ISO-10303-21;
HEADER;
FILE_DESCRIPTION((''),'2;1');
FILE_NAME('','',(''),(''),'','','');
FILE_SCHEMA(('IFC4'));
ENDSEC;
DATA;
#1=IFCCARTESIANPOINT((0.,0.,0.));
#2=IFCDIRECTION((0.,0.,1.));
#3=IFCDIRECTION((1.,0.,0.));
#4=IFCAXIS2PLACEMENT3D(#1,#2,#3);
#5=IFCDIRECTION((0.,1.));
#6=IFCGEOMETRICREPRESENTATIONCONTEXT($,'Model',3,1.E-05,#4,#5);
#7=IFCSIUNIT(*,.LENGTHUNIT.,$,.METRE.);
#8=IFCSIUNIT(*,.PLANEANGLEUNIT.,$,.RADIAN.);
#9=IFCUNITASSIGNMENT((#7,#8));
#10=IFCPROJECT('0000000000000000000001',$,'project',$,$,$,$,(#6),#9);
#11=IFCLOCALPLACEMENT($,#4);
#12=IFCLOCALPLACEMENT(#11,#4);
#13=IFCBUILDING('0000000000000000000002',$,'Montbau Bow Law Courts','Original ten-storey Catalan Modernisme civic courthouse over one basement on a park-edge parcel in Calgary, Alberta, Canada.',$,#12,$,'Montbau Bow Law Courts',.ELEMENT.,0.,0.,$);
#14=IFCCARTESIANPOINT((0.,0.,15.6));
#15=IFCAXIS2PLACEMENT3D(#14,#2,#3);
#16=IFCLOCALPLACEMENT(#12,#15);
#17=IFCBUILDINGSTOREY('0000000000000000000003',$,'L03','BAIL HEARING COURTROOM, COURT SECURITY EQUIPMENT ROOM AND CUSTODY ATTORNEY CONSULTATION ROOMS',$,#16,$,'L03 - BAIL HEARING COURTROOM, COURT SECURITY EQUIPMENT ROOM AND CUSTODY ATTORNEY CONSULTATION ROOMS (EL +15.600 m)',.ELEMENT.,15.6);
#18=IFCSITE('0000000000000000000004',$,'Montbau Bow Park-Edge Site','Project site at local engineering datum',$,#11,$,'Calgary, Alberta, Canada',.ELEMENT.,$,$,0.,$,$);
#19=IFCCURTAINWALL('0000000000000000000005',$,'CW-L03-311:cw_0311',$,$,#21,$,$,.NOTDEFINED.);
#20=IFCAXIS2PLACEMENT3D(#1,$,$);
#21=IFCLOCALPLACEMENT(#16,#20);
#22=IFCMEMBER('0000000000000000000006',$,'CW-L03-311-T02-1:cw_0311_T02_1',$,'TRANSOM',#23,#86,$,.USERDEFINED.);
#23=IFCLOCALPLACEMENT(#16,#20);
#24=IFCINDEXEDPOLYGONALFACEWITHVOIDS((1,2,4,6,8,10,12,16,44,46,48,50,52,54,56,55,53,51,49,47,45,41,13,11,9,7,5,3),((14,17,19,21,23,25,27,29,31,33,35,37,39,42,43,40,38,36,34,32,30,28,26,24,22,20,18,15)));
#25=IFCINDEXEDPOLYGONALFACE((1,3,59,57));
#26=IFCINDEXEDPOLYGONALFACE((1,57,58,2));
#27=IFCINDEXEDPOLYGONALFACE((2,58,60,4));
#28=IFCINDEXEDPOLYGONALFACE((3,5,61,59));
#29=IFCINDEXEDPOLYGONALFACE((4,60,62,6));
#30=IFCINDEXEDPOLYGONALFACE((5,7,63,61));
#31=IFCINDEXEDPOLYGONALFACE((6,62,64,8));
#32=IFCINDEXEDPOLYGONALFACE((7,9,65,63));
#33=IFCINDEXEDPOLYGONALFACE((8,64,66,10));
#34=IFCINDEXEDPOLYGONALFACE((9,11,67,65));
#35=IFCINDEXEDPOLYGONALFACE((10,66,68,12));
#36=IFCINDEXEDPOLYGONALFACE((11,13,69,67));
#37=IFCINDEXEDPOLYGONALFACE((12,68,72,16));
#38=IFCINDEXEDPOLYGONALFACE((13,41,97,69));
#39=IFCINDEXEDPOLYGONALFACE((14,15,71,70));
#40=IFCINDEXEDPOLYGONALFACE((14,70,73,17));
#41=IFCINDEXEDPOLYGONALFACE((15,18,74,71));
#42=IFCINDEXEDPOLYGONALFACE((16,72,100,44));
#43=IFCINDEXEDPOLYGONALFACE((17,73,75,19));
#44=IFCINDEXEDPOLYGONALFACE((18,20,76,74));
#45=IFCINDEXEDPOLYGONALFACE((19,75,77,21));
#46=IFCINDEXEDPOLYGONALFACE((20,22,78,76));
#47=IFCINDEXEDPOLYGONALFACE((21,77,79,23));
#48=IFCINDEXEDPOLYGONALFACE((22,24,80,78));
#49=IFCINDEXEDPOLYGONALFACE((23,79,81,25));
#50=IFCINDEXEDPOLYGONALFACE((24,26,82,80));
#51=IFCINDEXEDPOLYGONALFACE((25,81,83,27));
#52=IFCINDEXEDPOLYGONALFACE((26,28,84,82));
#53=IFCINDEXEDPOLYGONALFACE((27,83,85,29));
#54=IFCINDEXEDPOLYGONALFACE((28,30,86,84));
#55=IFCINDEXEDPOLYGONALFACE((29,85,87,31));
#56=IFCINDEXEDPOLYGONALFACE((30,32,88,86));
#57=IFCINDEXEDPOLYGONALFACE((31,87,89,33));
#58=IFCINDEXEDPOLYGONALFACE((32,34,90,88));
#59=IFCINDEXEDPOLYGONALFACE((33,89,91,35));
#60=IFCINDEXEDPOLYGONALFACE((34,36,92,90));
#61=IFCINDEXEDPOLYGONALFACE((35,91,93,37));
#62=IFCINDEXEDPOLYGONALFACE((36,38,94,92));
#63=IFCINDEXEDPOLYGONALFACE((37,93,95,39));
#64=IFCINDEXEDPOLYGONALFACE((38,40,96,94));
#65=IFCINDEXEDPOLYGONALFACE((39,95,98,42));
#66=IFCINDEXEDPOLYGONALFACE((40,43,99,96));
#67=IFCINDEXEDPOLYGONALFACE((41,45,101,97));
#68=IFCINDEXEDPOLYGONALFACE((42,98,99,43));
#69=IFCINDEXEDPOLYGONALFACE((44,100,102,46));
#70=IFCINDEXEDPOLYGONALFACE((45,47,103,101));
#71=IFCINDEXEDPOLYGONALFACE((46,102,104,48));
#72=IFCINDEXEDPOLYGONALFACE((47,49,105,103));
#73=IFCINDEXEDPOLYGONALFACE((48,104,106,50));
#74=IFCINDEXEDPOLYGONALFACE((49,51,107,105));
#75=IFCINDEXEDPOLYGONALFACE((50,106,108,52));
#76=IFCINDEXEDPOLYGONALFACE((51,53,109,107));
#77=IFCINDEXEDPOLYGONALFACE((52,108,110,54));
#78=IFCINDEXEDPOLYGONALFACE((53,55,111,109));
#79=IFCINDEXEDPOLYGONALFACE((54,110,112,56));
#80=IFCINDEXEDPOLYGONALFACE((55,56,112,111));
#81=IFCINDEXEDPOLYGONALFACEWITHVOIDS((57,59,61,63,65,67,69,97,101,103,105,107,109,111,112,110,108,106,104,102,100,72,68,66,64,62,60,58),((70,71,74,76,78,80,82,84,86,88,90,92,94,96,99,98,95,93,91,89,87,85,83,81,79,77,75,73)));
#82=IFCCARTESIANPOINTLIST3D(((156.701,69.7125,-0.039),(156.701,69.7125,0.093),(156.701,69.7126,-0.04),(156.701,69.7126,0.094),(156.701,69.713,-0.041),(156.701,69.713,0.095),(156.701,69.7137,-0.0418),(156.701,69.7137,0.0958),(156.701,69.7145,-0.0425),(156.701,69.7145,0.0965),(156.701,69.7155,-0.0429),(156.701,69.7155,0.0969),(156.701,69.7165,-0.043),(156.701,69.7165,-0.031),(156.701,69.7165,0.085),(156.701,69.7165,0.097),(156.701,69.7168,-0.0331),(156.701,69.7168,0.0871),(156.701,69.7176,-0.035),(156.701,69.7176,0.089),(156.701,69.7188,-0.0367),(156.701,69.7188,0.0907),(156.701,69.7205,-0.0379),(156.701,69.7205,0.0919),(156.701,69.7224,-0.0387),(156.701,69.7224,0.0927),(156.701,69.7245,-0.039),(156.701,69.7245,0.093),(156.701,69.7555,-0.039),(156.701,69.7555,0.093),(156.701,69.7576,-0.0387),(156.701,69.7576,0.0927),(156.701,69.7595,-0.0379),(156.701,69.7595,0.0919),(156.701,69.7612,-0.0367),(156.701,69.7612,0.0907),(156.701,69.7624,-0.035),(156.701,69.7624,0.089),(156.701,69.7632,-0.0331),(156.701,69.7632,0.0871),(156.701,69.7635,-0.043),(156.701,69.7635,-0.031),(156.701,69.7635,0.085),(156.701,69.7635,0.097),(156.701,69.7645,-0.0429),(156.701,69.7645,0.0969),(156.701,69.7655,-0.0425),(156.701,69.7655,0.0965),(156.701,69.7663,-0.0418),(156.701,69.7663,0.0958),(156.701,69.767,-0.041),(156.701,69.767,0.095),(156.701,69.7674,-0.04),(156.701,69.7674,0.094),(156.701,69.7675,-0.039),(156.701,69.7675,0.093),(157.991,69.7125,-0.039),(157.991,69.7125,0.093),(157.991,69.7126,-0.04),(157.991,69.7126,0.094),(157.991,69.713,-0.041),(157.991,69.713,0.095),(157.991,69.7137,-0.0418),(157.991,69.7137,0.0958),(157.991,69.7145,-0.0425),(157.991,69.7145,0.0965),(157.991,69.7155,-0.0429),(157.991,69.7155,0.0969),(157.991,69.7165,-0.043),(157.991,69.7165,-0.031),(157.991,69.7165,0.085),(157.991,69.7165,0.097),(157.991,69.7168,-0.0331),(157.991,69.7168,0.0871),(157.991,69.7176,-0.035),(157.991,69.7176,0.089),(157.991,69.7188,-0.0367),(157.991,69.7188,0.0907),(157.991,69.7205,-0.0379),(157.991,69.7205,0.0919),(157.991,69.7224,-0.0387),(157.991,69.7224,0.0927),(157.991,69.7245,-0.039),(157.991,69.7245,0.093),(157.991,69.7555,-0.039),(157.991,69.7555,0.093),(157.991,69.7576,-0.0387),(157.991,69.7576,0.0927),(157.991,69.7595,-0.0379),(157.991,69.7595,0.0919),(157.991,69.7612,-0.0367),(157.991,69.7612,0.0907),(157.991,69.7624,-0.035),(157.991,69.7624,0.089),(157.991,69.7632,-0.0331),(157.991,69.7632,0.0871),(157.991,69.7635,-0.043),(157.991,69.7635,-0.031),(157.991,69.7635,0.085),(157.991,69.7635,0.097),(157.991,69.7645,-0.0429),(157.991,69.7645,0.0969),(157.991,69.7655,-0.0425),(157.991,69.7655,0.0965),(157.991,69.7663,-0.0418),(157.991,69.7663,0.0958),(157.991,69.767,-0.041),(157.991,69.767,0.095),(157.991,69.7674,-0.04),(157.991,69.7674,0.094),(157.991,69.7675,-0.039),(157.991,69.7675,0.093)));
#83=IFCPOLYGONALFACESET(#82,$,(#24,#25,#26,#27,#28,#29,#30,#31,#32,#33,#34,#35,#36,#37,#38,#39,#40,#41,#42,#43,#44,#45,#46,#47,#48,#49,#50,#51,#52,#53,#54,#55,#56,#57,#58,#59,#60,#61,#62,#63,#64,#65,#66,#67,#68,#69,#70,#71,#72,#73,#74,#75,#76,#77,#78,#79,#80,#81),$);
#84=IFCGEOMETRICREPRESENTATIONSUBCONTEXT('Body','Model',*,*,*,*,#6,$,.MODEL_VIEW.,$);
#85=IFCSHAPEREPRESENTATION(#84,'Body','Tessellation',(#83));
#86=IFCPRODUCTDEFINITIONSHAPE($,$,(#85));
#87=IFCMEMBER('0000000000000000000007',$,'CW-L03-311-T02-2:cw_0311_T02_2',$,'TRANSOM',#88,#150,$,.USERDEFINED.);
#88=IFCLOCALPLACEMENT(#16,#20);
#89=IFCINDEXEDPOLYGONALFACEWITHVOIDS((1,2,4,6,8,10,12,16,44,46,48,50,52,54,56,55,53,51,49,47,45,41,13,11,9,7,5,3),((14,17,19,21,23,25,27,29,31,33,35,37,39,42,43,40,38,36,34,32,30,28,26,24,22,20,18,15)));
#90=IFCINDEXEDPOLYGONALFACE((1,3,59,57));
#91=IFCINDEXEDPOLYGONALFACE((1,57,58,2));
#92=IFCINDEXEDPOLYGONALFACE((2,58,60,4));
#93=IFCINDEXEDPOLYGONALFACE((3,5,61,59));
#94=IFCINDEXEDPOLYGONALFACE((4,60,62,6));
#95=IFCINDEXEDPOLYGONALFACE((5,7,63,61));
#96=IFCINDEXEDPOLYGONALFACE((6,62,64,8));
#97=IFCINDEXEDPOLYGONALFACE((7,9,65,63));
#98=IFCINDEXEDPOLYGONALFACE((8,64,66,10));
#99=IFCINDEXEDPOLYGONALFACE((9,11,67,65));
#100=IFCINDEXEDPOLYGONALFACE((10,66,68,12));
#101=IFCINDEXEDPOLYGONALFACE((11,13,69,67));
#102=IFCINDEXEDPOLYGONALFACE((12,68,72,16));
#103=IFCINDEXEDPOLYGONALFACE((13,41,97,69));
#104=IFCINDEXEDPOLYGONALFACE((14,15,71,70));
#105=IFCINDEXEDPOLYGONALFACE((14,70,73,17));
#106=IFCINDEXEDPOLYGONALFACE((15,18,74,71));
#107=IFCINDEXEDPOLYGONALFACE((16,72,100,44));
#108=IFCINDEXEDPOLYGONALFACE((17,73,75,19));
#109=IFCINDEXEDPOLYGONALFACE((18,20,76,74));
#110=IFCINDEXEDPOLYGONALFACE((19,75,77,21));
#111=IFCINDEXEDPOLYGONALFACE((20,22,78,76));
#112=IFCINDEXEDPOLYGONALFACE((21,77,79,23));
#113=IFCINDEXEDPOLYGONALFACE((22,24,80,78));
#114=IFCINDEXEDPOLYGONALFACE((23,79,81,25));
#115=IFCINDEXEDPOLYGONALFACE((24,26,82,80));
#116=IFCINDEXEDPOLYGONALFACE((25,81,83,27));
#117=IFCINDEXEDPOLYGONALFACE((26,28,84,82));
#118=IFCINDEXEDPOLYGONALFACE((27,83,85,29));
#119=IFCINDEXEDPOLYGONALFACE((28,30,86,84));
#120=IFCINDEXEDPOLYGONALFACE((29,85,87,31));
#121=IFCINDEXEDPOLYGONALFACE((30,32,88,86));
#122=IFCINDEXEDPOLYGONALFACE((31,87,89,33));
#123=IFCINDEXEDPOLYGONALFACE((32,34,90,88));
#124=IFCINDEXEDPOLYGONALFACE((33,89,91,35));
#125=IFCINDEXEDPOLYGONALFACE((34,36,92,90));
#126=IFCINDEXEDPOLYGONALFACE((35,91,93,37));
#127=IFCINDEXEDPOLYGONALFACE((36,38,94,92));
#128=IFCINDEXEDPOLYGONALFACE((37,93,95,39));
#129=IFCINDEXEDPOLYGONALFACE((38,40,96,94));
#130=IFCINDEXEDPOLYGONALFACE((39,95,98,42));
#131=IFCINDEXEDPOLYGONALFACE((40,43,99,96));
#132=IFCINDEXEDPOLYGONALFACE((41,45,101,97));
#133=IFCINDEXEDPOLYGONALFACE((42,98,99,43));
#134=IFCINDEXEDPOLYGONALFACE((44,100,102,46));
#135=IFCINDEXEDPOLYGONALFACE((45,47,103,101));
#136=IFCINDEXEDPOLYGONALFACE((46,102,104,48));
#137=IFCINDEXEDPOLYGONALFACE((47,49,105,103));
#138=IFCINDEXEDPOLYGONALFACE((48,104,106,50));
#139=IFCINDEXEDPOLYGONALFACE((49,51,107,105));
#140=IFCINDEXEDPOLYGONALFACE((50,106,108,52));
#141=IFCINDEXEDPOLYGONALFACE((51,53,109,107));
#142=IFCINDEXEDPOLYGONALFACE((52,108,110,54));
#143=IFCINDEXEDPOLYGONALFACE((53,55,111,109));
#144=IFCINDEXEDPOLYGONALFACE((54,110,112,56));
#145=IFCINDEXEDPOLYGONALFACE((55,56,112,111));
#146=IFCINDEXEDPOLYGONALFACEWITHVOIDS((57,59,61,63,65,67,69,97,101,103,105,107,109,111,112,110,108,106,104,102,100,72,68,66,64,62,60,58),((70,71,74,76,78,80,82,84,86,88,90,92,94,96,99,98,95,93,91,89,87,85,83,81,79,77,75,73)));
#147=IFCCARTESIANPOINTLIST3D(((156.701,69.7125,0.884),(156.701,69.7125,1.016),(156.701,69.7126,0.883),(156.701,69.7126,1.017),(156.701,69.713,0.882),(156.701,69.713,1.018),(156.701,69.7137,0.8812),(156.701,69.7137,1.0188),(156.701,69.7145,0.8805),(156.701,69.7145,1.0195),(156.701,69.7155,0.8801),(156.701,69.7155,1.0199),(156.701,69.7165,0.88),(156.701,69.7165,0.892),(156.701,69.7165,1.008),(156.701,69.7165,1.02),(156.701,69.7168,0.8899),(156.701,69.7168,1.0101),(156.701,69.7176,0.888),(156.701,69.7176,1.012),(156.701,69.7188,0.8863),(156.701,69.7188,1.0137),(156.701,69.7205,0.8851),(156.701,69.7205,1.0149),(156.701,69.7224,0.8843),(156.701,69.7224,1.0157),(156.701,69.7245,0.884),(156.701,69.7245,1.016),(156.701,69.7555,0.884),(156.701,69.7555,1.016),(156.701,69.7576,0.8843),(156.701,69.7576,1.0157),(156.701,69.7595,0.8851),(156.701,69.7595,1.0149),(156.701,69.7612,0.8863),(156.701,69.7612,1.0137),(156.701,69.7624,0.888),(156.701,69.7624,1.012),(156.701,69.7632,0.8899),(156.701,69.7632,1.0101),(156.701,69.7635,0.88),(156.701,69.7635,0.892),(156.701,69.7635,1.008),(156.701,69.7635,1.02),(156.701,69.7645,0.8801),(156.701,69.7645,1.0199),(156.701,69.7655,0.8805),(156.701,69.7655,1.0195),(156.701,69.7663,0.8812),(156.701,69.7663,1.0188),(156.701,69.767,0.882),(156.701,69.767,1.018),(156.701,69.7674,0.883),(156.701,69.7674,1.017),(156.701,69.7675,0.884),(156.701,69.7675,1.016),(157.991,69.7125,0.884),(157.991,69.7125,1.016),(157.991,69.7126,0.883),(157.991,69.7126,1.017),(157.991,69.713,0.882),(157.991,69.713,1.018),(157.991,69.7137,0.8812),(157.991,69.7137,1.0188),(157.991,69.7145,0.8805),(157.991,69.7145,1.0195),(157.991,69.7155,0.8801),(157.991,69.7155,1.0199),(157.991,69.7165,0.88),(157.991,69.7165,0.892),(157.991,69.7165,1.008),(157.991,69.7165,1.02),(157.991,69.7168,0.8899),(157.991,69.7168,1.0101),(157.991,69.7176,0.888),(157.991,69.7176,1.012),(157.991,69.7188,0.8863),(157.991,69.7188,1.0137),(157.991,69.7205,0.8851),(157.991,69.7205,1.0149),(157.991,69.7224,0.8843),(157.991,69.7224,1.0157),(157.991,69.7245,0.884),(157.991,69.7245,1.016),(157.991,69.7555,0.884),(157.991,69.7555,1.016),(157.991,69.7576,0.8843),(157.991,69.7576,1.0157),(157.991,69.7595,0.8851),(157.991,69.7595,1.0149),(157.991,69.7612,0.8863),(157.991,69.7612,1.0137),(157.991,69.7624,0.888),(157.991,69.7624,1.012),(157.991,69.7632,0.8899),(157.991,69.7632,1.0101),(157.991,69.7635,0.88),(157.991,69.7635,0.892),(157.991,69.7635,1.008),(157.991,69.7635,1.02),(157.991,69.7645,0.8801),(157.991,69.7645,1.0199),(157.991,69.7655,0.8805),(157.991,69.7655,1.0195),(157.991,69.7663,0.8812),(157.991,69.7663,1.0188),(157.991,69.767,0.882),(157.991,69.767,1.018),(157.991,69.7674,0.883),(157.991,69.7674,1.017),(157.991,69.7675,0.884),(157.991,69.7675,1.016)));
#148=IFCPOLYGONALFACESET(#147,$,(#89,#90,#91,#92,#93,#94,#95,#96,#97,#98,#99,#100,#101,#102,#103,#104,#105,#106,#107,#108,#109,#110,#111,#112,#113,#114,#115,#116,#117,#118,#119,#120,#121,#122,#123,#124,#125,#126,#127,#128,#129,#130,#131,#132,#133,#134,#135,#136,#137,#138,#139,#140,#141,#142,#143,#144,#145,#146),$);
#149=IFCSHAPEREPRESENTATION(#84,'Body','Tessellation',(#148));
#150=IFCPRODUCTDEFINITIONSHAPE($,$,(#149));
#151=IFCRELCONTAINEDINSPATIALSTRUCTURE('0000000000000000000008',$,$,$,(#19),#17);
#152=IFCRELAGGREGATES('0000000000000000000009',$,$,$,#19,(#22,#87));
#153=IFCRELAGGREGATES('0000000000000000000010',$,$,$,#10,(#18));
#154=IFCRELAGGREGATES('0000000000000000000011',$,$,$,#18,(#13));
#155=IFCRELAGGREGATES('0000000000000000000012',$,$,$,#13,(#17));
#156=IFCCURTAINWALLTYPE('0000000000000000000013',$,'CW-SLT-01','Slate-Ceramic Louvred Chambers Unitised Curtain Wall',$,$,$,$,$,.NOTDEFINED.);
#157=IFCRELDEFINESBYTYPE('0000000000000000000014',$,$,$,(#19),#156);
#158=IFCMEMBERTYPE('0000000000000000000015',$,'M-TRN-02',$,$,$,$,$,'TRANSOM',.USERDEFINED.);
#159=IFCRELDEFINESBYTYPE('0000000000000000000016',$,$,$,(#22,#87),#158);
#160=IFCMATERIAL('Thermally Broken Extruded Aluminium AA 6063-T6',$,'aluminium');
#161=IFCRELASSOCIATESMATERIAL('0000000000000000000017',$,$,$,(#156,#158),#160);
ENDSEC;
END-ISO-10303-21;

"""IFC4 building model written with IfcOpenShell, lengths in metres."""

from ifc_helpers import new_model, si_unit, direction, frame, origin_with_axes, origin_2d_with_axis, place, context, subcontext, project, spatial, hollow_rectangle, extrude, material, material_profile, profile_set, type_object, element, aggregate, save


model = new_model("IFC4")

# Units and contexts
model_context = context("Model", 3, precision=1e-05, world=origin_with_axes(), true_north=direction((0.0, 1.0)))
body_context = subcontext(model_context, "Body", "Model", "MODEL_VIEW")
ifc_project = project(units=[si_unit("LENGTHUNIT", "METRE"), si_unit("PLANEANGLEUNIT", "RADIAN")], contexts=[model_context])

# Site, building, storey
site_placement = place(None, origin_with_axes())
site = spatial("IfcSite", under=ifc_project, at=site_placement, Name="Montbau Bow Park-Edge Site", Description="Project site at local engineering datum", LongName="Calgary, Alberta, Canada", CompositionType="ELEMENT", RefElevation=0.0)
building_placement = place(site_placement, origin_with_axes())
building = spatial("IfcBuilding", under=site, at=building_placement, Name="Montbau Bow Law Courts", Description="Original ten-storey Catalan Modernisme civic courthouse over one basement on a park-edge parcel in Calgary, Alberta, Canada.", LongName="Montbau Bow Law Courts", CompositionType="ELEMENT", ElevationOfRefHeight=0.0, ElevationOfTerrain=0.0)
storey_placement = place(building_placement, frame((0.0, 0.0, 15.6), z_axis=(0.0, 0.0, 1.0), x_axis=(1.0, 0.0, 0.0)))
storey = spatial("IfcBuildingStorey", under=building, at=storey_placement, Name="L03", Description="BAIL HEARING COURTROOM, COURT SECURITY EQUIPMENT ROOM AND CUSTODY ATTORNEY CONSULTATION ROOMS", LongName="L03 - BAIL HEARING COURTROOM, COURT SECURITY EQUIPMENT ROOM AND CUSTODY ATTORNEY CONSULTATION ROOMS (EL +15.600 m)", CompositionType="ELEMENT", Elevation=15.6)

# Curtain wall, members
ifc_material_1 = material(Name="Thermally Broken Extruded Aluminium AA 6063-T6", Category="aluminium")
curtain_wall_type = type_object("IfcCurtainWallType", Name="CW-SLT-01", Description="Slate-Ceramic Louvred Chambers Unitised Curtain Wall", PredefinedType="NOTDEFINED", material=ifc_material_1)
curtain_wall_placement = place(None, frame((155.315, 69.74, 15.6), z_axis=(0.0, 0.0, 1.0), x_axis=(1.0, 0.0, 0.0)))
curtain_wall = element("IfcCurtainWall", 1, at=curtain_wall_placement, inside=storey, type_object=curtain_wall_type, Name="CW-L03-311:cw_0311", PredefinedType="NOTDEFINED")
ifc_material_profile_1 = material_profile(ifc_material_1, hollow_rectangle(XDim=0.055, YDim=0.14, WallThickness=0.004, InnerFilletRadius=0.008, OuterFilletRadius=0.004, at=origin_2d_with_axis()), Name="CWT-140X55", Category="Main", Priority=0)
ifc_profile_set_1 = profile_set([ifc_material_profile_1], Name="Thermally Broken Extruded Aluminium AA 6063-T6")
member_type_1 = type_object("IfcMemberType", Name="M-TRN-02", ElementType="TRANSOM", PredefinedType="USERDEFINED", material=ifc_profile_set_1)
member_1_placement = place(None, frame((156.701, 69.74, 15.627), z_axis=(1.0, 0.0, 0.0), x_axis=(0.0, 1.0, 0.0)))
member_1 = element("IfcMember", 2, at=member_1_placement, type_object=member_type_1, Name="CW-L03-311-T02-1:cw_0311_T02_1", ObjectType="TRANSOM", PredefinedType="USERDEFINED", context=body_context, shape_type="SweptSolid", body=[
    extrude(hollow_rectangle(XDim=0.055, YDim=0.14, WallThickness=0.004, InnerFilletRadius=0.008, OuterFilletRadius=0.004, at=origin_2d_with_axis()), origin_with_axes(), (0.0, 0.0, 1.0), 1.29),
])
member_2_placement = place(None, frame((156.701, 69.74, 16.55), z_axis=(1.0, 0.0, 0.0), x_axis=(0.0, 1.0, 0.0)))
member_2 = element("IfcMember", 3, at=member_2_placement, type_object=member_type_1, Name="CW-L03-311-T02-2:cw_0311_T02_2", ObjectType="TRANSOM", PredefinedType="USERDEFINED", context=body_context, shape_type="SweptSolid", body=[
    extrude(hollow_rectangle(XDim=0.055, YDim=0.14, WallThickness=0.004, InnerFilletRadius=0.008, OuterFilletRadius=0.004, at=origin_2d_with_axis()), origin_with_axes(), (0.0, 0.0, 1.0), 1.29),
])
aggregate(curtain_wall, [member_1, member_2])

save(model, "model.ifc")
